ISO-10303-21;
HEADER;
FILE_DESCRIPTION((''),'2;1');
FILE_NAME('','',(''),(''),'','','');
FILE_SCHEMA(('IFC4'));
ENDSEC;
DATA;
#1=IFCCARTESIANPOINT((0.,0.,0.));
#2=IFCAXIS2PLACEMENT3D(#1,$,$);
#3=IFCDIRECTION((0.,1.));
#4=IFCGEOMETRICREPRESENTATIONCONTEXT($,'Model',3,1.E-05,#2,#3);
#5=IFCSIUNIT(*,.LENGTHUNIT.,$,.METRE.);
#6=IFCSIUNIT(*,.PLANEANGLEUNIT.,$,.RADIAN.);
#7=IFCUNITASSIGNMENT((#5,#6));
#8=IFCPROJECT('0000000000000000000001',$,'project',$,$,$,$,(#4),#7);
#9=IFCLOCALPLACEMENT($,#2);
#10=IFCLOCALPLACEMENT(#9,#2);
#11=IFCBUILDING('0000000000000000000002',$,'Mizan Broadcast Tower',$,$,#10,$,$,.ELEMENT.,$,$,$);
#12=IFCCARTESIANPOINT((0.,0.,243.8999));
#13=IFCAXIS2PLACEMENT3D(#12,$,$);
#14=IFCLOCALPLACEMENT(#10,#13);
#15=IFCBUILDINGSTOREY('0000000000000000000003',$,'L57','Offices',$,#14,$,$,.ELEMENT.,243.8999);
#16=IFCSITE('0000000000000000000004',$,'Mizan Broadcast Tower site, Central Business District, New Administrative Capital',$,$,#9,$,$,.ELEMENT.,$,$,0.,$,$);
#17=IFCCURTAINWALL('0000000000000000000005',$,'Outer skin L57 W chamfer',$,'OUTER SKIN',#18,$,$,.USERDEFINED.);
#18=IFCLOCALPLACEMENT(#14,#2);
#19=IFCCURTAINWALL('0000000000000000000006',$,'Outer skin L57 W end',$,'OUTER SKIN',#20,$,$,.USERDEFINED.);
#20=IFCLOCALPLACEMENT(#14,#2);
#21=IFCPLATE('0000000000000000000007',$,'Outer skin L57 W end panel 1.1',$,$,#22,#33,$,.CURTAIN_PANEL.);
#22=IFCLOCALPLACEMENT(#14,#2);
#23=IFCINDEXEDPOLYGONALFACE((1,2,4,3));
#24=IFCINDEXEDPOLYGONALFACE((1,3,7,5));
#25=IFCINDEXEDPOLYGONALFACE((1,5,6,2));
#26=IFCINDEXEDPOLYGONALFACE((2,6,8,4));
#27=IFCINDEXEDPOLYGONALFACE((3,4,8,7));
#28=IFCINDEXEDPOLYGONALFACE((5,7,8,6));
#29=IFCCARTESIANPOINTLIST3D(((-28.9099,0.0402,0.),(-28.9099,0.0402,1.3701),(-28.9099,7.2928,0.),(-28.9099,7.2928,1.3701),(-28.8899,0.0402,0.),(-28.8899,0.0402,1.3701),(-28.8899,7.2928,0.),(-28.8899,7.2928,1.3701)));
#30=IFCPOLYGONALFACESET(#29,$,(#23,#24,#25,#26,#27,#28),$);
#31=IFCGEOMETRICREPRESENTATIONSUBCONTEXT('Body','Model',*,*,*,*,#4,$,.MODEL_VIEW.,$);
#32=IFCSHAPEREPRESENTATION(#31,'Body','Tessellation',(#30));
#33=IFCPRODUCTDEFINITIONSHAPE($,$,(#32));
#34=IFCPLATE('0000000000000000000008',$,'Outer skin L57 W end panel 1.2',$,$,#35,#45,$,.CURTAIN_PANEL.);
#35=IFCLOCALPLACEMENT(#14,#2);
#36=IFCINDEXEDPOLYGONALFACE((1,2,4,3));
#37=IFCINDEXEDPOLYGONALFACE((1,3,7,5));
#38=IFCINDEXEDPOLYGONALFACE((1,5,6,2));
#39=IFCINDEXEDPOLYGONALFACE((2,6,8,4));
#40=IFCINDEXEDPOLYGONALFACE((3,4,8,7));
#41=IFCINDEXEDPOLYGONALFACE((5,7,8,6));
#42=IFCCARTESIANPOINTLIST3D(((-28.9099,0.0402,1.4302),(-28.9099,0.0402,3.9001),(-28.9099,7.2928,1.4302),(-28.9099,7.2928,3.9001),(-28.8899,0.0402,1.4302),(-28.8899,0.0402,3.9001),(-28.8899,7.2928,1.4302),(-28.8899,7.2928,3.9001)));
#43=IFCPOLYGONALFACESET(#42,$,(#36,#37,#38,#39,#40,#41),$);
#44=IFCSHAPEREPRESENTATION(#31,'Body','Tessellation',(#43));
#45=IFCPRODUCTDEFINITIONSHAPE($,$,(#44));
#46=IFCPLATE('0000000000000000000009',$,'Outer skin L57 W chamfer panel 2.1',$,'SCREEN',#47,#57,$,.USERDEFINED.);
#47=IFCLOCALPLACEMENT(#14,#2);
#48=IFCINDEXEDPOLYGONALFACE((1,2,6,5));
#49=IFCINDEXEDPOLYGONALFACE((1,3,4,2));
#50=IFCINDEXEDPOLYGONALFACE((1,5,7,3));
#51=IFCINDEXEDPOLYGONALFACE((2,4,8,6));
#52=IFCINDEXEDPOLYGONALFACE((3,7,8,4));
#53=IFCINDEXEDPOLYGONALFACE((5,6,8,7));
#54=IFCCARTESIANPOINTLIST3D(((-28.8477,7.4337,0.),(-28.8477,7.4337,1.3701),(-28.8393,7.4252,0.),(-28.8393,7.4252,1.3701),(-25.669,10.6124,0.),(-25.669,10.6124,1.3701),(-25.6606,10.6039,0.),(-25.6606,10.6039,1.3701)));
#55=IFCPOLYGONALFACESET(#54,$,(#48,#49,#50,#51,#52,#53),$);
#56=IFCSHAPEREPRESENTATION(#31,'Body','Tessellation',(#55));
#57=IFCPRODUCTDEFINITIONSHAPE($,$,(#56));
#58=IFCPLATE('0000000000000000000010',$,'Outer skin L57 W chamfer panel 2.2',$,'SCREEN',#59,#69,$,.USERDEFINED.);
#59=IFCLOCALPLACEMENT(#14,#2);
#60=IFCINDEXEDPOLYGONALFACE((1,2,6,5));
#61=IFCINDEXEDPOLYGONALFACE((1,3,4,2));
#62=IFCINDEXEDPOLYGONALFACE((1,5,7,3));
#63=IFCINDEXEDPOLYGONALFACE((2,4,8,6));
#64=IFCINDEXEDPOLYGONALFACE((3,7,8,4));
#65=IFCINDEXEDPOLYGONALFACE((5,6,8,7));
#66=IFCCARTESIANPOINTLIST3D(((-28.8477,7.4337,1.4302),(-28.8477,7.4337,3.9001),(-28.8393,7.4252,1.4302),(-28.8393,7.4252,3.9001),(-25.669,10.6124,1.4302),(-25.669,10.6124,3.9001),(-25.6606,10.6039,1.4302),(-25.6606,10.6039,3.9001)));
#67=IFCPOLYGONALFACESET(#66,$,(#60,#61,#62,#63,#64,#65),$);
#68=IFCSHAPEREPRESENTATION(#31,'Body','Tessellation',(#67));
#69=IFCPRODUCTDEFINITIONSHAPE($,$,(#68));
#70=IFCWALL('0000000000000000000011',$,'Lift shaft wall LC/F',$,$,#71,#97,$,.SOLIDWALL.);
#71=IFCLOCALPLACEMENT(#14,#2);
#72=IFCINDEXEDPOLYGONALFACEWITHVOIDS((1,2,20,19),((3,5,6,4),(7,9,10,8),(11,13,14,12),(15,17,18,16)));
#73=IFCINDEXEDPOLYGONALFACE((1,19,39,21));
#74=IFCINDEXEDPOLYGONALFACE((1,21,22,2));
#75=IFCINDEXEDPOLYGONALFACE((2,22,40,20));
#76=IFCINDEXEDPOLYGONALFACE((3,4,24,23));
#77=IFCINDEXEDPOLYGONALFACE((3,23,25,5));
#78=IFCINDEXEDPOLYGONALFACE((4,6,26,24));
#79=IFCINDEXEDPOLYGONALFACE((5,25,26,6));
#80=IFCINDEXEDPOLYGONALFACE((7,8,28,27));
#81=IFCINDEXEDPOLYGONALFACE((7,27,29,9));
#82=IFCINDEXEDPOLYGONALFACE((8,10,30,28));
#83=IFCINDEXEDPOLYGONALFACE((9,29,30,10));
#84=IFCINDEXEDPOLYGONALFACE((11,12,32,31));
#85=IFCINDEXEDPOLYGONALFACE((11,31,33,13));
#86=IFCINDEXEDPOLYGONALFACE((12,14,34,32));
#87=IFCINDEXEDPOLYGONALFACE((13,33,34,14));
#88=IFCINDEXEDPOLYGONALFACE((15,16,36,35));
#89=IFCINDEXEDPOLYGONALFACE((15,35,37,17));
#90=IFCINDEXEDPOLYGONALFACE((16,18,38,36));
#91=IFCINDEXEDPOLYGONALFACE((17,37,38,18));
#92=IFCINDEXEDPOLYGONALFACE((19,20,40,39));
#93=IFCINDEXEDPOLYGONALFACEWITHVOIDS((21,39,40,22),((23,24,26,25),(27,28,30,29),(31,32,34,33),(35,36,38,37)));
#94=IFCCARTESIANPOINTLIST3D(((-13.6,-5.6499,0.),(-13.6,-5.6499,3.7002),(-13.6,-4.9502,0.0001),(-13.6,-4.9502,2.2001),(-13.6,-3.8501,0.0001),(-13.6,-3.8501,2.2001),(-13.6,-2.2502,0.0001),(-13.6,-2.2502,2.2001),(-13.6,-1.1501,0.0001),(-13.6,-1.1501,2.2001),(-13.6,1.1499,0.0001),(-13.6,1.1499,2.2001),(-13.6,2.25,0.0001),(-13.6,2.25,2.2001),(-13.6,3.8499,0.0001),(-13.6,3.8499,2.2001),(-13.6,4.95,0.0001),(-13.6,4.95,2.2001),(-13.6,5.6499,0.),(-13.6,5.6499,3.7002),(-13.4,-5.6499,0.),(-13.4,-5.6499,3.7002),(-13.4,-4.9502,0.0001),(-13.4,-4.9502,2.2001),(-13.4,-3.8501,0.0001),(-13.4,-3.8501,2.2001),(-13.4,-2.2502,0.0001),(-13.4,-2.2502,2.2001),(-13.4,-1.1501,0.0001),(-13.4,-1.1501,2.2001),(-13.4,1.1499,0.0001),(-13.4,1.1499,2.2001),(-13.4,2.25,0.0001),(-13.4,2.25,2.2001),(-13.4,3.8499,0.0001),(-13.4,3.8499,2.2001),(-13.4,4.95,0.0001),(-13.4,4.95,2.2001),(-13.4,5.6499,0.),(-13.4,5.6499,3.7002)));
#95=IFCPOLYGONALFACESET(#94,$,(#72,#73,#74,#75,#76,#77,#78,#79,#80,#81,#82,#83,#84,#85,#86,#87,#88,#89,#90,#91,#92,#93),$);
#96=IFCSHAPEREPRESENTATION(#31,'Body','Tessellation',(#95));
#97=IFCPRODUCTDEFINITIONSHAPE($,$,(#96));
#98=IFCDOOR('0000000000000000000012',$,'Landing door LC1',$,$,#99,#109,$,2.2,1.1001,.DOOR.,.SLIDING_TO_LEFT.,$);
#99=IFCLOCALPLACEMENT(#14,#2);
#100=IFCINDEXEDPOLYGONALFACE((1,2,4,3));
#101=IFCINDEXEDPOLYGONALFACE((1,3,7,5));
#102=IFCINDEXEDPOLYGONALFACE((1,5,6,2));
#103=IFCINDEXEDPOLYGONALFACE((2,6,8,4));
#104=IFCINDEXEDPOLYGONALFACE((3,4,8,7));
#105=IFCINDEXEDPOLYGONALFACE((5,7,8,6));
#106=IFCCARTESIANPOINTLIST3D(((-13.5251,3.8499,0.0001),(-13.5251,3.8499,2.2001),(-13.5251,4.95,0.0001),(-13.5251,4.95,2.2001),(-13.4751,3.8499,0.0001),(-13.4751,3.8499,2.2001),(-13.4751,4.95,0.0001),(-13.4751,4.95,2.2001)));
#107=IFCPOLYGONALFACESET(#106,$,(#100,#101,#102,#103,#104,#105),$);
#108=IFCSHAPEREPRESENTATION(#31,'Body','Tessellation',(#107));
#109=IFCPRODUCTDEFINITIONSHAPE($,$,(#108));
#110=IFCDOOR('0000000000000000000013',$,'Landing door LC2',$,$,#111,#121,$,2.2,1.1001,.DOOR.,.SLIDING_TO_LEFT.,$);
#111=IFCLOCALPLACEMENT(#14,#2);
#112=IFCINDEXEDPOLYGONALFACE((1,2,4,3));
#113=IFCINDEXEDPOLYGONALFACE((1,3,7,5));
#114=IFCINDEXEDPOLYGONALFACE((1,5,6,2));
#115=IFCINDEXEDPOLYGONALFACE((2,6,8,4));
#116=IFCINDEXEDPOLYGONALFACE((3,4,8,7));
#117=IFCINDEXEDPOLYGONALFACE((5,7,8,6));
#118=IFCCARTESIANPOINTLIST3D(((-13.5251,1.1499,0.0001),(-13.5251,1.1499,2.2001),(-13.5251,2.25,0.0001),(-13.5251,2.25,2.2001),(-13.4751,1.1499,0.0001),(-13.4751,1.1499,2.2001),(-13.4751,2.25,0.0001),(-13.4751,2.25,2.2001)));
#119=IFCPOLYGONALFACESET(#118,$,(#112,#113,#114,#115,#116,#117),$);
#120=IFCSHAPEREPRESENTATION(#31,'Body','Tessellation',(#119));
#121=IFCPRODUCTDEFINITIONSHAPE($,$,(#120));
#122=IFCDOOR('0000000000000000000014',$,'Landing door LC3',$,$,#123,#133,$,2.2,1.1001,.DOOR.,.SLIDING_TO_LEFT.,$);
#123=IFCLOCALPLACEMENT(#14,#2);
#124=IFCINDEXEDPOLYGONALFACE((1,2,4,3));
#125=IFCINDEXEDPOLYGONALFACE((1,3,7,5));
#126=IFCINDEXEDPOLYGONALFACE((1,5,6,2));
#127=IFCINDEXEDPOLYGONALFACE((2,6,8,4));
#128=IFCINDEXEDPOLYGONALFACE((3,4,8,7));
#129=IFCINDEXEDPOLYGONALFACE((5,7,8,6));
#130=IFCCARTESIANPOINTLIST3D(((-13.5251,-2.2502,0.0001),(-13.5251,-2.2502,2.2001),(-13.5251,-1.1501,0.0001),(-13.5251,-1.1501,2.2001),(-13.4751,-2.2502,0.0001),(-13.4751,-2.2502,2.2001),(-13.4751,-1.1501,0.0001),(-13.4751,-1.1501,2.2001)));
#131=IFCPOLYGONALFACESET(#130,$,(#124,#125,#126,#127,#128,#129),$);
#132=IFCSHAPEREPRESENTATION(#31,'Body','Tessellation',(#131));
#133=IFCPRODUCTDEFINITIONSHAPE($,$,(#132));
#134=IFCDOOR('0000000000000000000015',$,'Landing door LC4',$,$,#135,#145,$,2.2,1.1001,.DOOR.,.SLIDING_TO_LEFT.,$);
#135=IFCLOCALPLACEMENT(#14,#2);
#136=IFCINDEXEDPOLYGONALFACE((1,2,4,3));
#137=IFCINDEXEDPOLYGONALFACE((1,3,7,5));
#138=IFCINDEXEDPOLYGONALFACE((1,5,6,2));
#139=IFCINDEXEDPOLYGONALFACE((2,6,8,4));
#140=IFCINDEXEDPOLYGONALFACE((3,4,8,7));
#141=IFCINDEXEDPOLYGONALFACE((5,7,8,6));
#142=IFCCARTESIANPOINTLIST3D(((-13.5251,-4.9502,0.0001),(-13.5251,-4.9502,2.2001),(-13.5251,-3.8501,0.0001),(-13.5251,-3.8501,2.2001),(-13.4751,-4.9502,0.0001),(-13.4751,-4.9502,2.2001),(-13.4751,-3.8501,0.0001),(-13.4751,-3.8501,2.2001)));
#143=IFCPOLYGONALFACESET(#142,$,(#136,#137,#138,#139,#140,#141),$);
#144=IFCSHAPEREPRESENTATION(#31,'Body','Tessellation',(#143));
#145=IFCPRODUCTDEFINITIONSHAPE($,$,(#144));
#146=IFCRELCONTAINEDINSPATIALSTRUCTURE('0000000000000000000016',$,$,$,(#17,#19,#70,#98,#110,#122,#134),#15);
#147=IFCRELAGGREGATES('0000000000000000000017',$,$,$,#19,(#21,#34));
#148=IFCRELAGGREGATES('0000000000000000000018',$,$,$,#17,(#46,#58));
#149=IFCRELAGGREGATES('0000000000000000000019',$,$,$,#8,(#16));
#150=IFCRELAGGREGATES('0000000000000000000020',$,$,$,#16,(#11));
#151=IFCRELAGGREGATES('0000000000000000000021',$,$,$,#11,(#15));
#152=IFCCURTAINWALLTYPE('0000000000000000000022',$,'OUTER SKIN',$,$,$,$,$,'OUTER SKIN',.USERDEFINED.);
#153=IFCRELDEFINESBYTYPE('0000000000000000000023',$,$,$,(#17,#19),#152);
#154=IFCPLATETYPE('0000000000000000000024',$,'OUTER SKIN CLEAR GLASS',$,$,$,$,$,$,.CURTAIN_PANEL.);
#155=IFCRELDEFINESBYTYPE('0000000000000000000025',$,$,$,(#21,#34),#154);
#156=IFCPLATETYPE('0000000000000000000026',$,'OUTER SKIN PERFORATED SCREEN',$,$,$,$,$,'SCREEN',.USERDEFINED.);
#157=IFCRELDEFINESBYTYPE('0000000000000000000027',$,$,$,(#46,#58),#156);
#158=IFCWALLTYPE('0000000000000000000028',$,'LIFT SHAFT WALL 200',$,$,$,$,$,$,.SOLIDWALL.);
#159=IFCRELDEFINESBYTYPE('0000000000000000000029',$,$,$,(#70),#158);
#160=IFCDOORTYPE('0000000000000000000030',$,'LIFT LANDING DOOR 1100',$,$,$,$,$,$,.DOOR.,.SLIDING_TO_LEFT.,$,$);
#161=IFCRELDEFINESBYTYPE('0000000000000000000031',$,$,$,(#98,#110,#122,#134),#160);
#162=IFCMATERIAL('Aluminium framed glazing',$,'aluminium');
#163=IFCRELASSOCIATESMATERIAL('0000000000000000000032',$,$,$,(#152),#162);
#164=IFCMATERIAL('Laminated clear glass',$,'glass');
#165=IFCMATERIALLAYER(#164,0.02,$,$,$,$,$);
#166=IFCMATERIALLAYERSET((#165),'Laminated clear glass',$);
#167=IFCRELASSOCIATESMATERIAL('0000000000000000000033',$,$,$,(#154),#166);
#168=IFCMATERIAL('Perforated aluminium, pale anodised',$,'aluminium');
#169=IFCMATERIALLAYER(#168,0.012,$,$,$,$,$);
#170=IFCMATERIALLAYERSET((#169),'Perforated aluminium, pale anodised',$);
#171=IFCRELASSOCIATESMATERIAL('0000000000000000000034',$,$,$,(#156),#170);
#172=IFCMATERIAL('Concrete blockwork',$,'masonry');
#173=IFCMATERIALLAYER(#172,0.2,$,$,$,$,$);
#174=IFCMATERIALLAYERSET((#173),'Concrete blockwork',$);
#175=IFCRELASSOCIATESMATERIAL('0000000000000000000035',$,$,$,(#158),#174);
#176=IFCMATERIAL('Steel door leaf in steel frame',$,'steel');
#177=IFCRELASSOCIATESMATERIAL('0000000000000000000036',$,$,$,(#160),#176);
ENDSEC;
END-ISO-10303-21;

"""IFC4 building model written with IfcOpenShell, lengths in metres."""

from ifc_helpers import new_model, si_unit, direction, frame, frame_2d, origin, origin_2d, place, context, subcontext, project, spatial, rectangle, extrude, material, layer, layer_set, type_object, element, fill, aggregate, save


model = new_model("IFC4")

# Units and contexts
model_context = context("Model", 3, precision=1e-05, world=origin(), true_north=direction((0.0, 1.0)))
body_context = subcontext(model_context, "Body", "Model", "MODEL_VIEW")
ifc_project = project(units=[si_unit("LENGTHUNIT", "METRE"), si_unit("PLANEANGLEUNIT", "RADIAN")], contexts=[model_context])

# Site, building, storey
site_placement = place(None, origin())
site = spatial("IfcSite", under=ifc_project, at=site_placement, Name="Mizan Broadcast Tower site, Central Business District, New Administrative Capital", CompositionType="ELEMENT", RefElevation=0.0)
building_placement = place(site_placement, origin())
building = spatial("IfcBuilding", under=site, at=building_placement, Name="Mizan Broadcast Tower", CompositionType="ELEMENT")
storey_placement = place(building_placement, frame((0.0, 0.0, 243.8999)))
storey = spatial("IfcBuildingStorey", under=building, at=storey_placement, Name="L57", Description="Offices", CompositionType="ELEMENT", Elevation=243.8999)

# Curtain wall
ifc_material_1 = material(Name="Aluminium framed glazing", Category="aluminium")
curtain_wall_type_1 = type_object("IfcCurtainWallType", Name="OUTER SKIN", ElementType="OUTER SKIN", PredefinedType="USERDEFINED", material=ifc_material_1)
curtain_wall_1_placement = place(storey_placement, origin())
curtain_wall_1 = element("IfcCurtainWall", 1, at=curtain_wall_1_placement, inside=storey, type_object=curtain_wall_type_1, Name="Outer skin L57 W chamfer", ObjectType="OUTER SKIN", PredefinedType="USERDEFINED")

# Curtain wall
curtain_wall_2_placement = place(storey_placement, origin())
curtain_wall_2 = element("IfcCurtainWall", 2, at=curtain_wall_2_placement, inside=storey, type_object=curtain_wall_type_1, Name="Outer skin L57 W end", ObjectType="OUTER SKIN", PredefinedType="USERDEFINED")

# Plates
ifc_material_2 = material(Name="Laminated clear glass", Category="glass")
ifc_layer_1 = layer(ifc_material_2, 0.02)
ifc_layer_set_1 = layer_set([ifc_layer_1], Name="Laminated clear glass")
plate_type_1 = type_object("IfcPlateType", Name="OUTER SKIN CLEAR GLASS", PredefinedType="CURTAIN_PANEL", material=ifc_layer_set_1)
plate_1_placement = place(storey_placement, frame((-28.8999, 3.6665, 0.0), z_axis=(0.0, 0.0, 1.0), x_axis=(0.0, -1.0, 0.0)))
plate_1 = element("IfcPlate", 3, at=plate_1_placement, type_object=plate_type_1, Name="Outer skin L57 W end panel 1.1", PredefinedType="CURTAIN_PANEL", context=body_context, shape_type="SweptSolid", body=[
    extrude(rectangle(XDim=7.2527, YDim=0.02, at=origin_2d()), origin(), (0.0, 0.0, 1.0), 1.3701),
])
plate_2_placement = place(storey_placement, frame((-28.8999, 3.6665, 1.4302), z_axis=(0.0, 0.0, 1.0), x_axis=(0.0, -1.0, 0.0)))
plate_2 = element("IfcPlate", 4, at=plate_2_placement, type_object=plate_type_1, Name="Outer skin L57 W end panel 1.2", PredefinedType="CURTAIN_PANEL", context=body_context, shape_type="SweptSolid", body=[
    extrude(rectangle(XDim=7.2527, YDim=0.02, at=origin_2d()), origin(), (0.0, 0.0, 1.0), 2.47),
])
aggregate(curtain_wall_2, [plate_1, plate_2])
ifc_material_3 = material(Name="Perforated aluminium, pale anodised", Category="aluminium")
ifc_layer_2 = layer(ifc_material_3, 0.012)
ifc_layer_set_2 = layer_set([ifc_layer_2], Name="Perforated aluminium, pale anodised")
plate_type_2 = type_object("IfcPlateType", Name="OUTER SKIN PERFORATED SCREEN", ElementType="SCREEN", PredefinedType="USERDEFINED", material=ifc_layer_set_2)
plate_3_placement = place(storey_placement, frame((-27.2542, 9.0188, 0.0), z_axis=(0.0, 0.0, 1.0), x_axis=(-0.707107, -0.707107, 0.0)))
plate_3 = element("IfcPlate", 5, at=plate_3_placement, type_object=plate_type_2, Name="Outer skin L57 W chamfer panel 2.1", ObjectType="SCREEN", PredefinedType="USERDEFINED", context=body_context, shape_type="SweptSolid", body=[
    extrude(rectangle(XDim=4.4954, YDim=0.012, at=origin_2d()), origin(), (0.0, 0.0, 1.0), 1.3701),
])
plate_4_placement = place(storey_placement, frame((-27.2542, 9.0188, 1.4302), z_axis=(0.0, 0.0, 1.0), x_axis=(-0.707107, -0.707107, 0.0)))
plate_4 = element("IfcPlate", 6, at=plate_4_placement, type_object=plate_type_2, Name="Outer skin L57 W chamfer panel 2.2", ObjectType="SCREEN", PredefinedType="USERDEFINED", context=body_context, shape_type="SweptSolid", body=[
    extrude(rectangle(XDim=4.4954, YDim=0.012, at=origin_2d()), origin(), (0.0, 0.0, 1.0), 2.47),
])
aggregate(curtain_wall_1, [plate_3, plate_4])

# Wall, openings, doors
ifc_material_4 = material(Name="Concrete blockwork", Category="masonry")
ifc_layer_3 = layer(ifc_material_4, 0.2)
ifc_layer_set_3 = layer_set([ifc_layer_3], Name="Concrete blockwork")
wall_type_1 = type_object("IfcWallType", Name="LIFT SHAFT WALL 200", PredefinedType="SOLIDWALL", material=ifc_layer_set_3)
wall_1_placement = place(storey_placement, frame((-13.5, 5.6499, 0.0), z_axis=(0.0, 0.0, 1.0), x_axis=(0.0, -1.0, 0.0)))
wall_1 = element("IfcWall", 7, at=wall_1_placement, inside=storey, type_object=wall_type_1, Name="Lift shaft wall LC/F", PredefinedType="SOLIDWALL", context=body_context, shape_type="SweptSolid", body=[
    extrude(rectangle(XDim=11.2998, YDim=0.2, at=frame_2d((5.6499, 0.0))), origin(), (0.0, 0.0, 1.0), 3.7002),
])
opening_1_placement = place(wall_1_placement, frame((0.7, 0.0, 0.0)))
opening_1 = element("IfcOpeningElement", 8, at=opening_1_placement, cuts=wall_1, PredefinedType="OPENING", context=body_context, shape_type="SweptSolid", body=[
    extrude(rectangle(XDim=1.1001, YDim=2.2, at=frame_2d((0.55, 1.1001))), frame((0.0, 0.1099, 0.0), z_axis=(0.0, -1.0, 0.0), x_axis=(1.0, 0.0, 0.0)), (0.0, 0.0, 1.0), 0.22),
])
opening_2_placement = place(wall_1_placement, frame((3.3999, 0.0, 0.0)))
opening_2 = element("IfcOpeningElement", 9, at=opening_2_placement, cuts=wall_1, PredefinedType="OPENING", context=body_context, shape_type="SweptSolid", body=[
    extrude(rectangle(XDim=1.1001, YDim=2.2, at=frame_2d((0.55, 1.1001))), frame((0.0, 0.1099, 0.0), z_axis=(0.0, -1.0, 0.0), x_axis=(1.0, 0.0, 0.0)), (0.0, 0.0, 1.0), 0.22),
])
opening_3_placement = place(wall_1_placement, frame((6.8, 0.0, 0.0)))
opening_3 = element("IfcOpeningElement", 10, at=opening_3_placement, cuts=wall_1, PredefinedType="OPENING", context=body_context, shape_type="SweptSolid", body=[
    extrude(rectangle(XDim=1.1001, YDim=2.2, at=frame_2d((0.55, 1.1001))), frame((0.0, 0.1099, 0.0), z_axis=(0.0, -1.0, 0.0), x_axis=(1.0, 0.0, 0.0)), (0.0, 0.0, 1.0), 0.22),
])
opening_4_placement = place(wall_1_placement, frame((9.5, 0.0, 0.0)))
opening_4 = element("IfcOpeningElement", 11, at=opening_4_placement, cuts=wall_1, PredefinedType="OPENING", context=body_context, shape_type="SweptSolid", body=[
    extrude(rectangle(XDim=1.1001, YDim=2.2, at=frame_2d((0.55, 1.1001))), frame((0.0, 0.1099, 0.0), z_axis=(0.0, -1.0, 0.0), x_axis=(1.0, 0.0, 0.0)), (0.0, 0.0, 1.0), 0.22),
])
ifc_material_5 = material(Name="Steel door leaf in steel frame", Category="steel")
door_type_1 = type_object("IfcDoorType", Name="LIFT LANDING DOOR 1100", OperationType="SLIDING_TO_LEFT", PredefinedType="DOOR", material=ifc_material_5)
door_1_placement = place(opening_1_placement, origin())
door_1 = element("IfcDoor", 12, at=door_1_placement, inside=storey, type_object=door_type_1, Name="Landing door LC1", OperationType="SLIDING_TO_LEFT", OverallHeight=2.2, OverallWidth=1.1001, PredefinedType="DOOR", context=body_context, shape_type="SweptSolid", body=[
    extrude(rectangle(XDim=1.1001, YDim=2.2, at=frame_2d((0.55, 1.1001))), frame((0.0, 0.0249, 0.0), z_axis=(0.0, -1.0, 0.0), x_axis=(1.0, 0.0, 0.0)), (0.0, 0.0, 1.0), 0.05),
])
fill(opening_1, door_1)
door_2_placement = place(opening_2_placement, origin())
door_2 = element("IfcDoor", 13, at=door_2_placement, inside=storey, type_object=door_type_1, Name="Landing door LC2", OperationType="SLIDING_TO_LEFT", OverallHeight=2.2, OverallWidth=1.1001, PredefinedType="DOOR", context=body_context, shape_type="SweptSolid", body=[
    extrude(rectangle(XDim=1.1001, YDim=2.2, at=frame_2d((0.55, 1.1001))), frame((0.0, 0.0249, 0.0), z_axis=(0.0, -1.0, 0.0), x_axis=(1.0, 0.0, 0.0)), (0.0, 0.0, 1.0), 0.05),
])
fill(opening_2, door_2)
door_3_placement = place(opening_3_placement, origin())
door_3 = element("IfcDoor", 14, at=door_3_placement, inside=storey, type_object=door_type_1, Name="Landing door LC3", OperationType="SLIDING_TO_LEFT", OverallHeight=2.2, OverallWidth=1.1001, PredefinedType="DOOR", context=body_context, shape_type="SweptSolid", body=[
    extrude(rectangle(XDim=1.1001, YDim=2.2, at=frame_2d((0.55, 1.1001))), frame((0.0, 0.0249, 0.0), z_axis=(0.0, -1.0, 0.0), x_axis=(1.0, 0.0, 0.0)), (0.0, 0.0, 1.0), 0.05),
])
fill(opening_3, door_3)
door_4_placement = place(opening_4_placement, origin())
door_4 = element("IfcDoor", 15, at=door_4_placement, inside=storey, type_object=door_type_1, Name="Landing door LC4", OperationType="SLIDING_TO_LEFT", OverallHeight=2.2, OverallWidth=1.1001, PredefinedType="DOOR", context=body_context, shape_type="SweptSolid", body=[
    extrude(rectangle(XDim=1.1001, YDim=2.2, at=frame_2d((0.55, 1.1001))), frame((0.0, 0.0249, 0.0), z_axis=(0.0, -1.0, 0.0), x_axis=(1.0, 0.0, 0.0)), (0.0, 0.0, 1.0), 0.05),
])
fill(opening_4, door_4)

save(model, "model.ifc")
